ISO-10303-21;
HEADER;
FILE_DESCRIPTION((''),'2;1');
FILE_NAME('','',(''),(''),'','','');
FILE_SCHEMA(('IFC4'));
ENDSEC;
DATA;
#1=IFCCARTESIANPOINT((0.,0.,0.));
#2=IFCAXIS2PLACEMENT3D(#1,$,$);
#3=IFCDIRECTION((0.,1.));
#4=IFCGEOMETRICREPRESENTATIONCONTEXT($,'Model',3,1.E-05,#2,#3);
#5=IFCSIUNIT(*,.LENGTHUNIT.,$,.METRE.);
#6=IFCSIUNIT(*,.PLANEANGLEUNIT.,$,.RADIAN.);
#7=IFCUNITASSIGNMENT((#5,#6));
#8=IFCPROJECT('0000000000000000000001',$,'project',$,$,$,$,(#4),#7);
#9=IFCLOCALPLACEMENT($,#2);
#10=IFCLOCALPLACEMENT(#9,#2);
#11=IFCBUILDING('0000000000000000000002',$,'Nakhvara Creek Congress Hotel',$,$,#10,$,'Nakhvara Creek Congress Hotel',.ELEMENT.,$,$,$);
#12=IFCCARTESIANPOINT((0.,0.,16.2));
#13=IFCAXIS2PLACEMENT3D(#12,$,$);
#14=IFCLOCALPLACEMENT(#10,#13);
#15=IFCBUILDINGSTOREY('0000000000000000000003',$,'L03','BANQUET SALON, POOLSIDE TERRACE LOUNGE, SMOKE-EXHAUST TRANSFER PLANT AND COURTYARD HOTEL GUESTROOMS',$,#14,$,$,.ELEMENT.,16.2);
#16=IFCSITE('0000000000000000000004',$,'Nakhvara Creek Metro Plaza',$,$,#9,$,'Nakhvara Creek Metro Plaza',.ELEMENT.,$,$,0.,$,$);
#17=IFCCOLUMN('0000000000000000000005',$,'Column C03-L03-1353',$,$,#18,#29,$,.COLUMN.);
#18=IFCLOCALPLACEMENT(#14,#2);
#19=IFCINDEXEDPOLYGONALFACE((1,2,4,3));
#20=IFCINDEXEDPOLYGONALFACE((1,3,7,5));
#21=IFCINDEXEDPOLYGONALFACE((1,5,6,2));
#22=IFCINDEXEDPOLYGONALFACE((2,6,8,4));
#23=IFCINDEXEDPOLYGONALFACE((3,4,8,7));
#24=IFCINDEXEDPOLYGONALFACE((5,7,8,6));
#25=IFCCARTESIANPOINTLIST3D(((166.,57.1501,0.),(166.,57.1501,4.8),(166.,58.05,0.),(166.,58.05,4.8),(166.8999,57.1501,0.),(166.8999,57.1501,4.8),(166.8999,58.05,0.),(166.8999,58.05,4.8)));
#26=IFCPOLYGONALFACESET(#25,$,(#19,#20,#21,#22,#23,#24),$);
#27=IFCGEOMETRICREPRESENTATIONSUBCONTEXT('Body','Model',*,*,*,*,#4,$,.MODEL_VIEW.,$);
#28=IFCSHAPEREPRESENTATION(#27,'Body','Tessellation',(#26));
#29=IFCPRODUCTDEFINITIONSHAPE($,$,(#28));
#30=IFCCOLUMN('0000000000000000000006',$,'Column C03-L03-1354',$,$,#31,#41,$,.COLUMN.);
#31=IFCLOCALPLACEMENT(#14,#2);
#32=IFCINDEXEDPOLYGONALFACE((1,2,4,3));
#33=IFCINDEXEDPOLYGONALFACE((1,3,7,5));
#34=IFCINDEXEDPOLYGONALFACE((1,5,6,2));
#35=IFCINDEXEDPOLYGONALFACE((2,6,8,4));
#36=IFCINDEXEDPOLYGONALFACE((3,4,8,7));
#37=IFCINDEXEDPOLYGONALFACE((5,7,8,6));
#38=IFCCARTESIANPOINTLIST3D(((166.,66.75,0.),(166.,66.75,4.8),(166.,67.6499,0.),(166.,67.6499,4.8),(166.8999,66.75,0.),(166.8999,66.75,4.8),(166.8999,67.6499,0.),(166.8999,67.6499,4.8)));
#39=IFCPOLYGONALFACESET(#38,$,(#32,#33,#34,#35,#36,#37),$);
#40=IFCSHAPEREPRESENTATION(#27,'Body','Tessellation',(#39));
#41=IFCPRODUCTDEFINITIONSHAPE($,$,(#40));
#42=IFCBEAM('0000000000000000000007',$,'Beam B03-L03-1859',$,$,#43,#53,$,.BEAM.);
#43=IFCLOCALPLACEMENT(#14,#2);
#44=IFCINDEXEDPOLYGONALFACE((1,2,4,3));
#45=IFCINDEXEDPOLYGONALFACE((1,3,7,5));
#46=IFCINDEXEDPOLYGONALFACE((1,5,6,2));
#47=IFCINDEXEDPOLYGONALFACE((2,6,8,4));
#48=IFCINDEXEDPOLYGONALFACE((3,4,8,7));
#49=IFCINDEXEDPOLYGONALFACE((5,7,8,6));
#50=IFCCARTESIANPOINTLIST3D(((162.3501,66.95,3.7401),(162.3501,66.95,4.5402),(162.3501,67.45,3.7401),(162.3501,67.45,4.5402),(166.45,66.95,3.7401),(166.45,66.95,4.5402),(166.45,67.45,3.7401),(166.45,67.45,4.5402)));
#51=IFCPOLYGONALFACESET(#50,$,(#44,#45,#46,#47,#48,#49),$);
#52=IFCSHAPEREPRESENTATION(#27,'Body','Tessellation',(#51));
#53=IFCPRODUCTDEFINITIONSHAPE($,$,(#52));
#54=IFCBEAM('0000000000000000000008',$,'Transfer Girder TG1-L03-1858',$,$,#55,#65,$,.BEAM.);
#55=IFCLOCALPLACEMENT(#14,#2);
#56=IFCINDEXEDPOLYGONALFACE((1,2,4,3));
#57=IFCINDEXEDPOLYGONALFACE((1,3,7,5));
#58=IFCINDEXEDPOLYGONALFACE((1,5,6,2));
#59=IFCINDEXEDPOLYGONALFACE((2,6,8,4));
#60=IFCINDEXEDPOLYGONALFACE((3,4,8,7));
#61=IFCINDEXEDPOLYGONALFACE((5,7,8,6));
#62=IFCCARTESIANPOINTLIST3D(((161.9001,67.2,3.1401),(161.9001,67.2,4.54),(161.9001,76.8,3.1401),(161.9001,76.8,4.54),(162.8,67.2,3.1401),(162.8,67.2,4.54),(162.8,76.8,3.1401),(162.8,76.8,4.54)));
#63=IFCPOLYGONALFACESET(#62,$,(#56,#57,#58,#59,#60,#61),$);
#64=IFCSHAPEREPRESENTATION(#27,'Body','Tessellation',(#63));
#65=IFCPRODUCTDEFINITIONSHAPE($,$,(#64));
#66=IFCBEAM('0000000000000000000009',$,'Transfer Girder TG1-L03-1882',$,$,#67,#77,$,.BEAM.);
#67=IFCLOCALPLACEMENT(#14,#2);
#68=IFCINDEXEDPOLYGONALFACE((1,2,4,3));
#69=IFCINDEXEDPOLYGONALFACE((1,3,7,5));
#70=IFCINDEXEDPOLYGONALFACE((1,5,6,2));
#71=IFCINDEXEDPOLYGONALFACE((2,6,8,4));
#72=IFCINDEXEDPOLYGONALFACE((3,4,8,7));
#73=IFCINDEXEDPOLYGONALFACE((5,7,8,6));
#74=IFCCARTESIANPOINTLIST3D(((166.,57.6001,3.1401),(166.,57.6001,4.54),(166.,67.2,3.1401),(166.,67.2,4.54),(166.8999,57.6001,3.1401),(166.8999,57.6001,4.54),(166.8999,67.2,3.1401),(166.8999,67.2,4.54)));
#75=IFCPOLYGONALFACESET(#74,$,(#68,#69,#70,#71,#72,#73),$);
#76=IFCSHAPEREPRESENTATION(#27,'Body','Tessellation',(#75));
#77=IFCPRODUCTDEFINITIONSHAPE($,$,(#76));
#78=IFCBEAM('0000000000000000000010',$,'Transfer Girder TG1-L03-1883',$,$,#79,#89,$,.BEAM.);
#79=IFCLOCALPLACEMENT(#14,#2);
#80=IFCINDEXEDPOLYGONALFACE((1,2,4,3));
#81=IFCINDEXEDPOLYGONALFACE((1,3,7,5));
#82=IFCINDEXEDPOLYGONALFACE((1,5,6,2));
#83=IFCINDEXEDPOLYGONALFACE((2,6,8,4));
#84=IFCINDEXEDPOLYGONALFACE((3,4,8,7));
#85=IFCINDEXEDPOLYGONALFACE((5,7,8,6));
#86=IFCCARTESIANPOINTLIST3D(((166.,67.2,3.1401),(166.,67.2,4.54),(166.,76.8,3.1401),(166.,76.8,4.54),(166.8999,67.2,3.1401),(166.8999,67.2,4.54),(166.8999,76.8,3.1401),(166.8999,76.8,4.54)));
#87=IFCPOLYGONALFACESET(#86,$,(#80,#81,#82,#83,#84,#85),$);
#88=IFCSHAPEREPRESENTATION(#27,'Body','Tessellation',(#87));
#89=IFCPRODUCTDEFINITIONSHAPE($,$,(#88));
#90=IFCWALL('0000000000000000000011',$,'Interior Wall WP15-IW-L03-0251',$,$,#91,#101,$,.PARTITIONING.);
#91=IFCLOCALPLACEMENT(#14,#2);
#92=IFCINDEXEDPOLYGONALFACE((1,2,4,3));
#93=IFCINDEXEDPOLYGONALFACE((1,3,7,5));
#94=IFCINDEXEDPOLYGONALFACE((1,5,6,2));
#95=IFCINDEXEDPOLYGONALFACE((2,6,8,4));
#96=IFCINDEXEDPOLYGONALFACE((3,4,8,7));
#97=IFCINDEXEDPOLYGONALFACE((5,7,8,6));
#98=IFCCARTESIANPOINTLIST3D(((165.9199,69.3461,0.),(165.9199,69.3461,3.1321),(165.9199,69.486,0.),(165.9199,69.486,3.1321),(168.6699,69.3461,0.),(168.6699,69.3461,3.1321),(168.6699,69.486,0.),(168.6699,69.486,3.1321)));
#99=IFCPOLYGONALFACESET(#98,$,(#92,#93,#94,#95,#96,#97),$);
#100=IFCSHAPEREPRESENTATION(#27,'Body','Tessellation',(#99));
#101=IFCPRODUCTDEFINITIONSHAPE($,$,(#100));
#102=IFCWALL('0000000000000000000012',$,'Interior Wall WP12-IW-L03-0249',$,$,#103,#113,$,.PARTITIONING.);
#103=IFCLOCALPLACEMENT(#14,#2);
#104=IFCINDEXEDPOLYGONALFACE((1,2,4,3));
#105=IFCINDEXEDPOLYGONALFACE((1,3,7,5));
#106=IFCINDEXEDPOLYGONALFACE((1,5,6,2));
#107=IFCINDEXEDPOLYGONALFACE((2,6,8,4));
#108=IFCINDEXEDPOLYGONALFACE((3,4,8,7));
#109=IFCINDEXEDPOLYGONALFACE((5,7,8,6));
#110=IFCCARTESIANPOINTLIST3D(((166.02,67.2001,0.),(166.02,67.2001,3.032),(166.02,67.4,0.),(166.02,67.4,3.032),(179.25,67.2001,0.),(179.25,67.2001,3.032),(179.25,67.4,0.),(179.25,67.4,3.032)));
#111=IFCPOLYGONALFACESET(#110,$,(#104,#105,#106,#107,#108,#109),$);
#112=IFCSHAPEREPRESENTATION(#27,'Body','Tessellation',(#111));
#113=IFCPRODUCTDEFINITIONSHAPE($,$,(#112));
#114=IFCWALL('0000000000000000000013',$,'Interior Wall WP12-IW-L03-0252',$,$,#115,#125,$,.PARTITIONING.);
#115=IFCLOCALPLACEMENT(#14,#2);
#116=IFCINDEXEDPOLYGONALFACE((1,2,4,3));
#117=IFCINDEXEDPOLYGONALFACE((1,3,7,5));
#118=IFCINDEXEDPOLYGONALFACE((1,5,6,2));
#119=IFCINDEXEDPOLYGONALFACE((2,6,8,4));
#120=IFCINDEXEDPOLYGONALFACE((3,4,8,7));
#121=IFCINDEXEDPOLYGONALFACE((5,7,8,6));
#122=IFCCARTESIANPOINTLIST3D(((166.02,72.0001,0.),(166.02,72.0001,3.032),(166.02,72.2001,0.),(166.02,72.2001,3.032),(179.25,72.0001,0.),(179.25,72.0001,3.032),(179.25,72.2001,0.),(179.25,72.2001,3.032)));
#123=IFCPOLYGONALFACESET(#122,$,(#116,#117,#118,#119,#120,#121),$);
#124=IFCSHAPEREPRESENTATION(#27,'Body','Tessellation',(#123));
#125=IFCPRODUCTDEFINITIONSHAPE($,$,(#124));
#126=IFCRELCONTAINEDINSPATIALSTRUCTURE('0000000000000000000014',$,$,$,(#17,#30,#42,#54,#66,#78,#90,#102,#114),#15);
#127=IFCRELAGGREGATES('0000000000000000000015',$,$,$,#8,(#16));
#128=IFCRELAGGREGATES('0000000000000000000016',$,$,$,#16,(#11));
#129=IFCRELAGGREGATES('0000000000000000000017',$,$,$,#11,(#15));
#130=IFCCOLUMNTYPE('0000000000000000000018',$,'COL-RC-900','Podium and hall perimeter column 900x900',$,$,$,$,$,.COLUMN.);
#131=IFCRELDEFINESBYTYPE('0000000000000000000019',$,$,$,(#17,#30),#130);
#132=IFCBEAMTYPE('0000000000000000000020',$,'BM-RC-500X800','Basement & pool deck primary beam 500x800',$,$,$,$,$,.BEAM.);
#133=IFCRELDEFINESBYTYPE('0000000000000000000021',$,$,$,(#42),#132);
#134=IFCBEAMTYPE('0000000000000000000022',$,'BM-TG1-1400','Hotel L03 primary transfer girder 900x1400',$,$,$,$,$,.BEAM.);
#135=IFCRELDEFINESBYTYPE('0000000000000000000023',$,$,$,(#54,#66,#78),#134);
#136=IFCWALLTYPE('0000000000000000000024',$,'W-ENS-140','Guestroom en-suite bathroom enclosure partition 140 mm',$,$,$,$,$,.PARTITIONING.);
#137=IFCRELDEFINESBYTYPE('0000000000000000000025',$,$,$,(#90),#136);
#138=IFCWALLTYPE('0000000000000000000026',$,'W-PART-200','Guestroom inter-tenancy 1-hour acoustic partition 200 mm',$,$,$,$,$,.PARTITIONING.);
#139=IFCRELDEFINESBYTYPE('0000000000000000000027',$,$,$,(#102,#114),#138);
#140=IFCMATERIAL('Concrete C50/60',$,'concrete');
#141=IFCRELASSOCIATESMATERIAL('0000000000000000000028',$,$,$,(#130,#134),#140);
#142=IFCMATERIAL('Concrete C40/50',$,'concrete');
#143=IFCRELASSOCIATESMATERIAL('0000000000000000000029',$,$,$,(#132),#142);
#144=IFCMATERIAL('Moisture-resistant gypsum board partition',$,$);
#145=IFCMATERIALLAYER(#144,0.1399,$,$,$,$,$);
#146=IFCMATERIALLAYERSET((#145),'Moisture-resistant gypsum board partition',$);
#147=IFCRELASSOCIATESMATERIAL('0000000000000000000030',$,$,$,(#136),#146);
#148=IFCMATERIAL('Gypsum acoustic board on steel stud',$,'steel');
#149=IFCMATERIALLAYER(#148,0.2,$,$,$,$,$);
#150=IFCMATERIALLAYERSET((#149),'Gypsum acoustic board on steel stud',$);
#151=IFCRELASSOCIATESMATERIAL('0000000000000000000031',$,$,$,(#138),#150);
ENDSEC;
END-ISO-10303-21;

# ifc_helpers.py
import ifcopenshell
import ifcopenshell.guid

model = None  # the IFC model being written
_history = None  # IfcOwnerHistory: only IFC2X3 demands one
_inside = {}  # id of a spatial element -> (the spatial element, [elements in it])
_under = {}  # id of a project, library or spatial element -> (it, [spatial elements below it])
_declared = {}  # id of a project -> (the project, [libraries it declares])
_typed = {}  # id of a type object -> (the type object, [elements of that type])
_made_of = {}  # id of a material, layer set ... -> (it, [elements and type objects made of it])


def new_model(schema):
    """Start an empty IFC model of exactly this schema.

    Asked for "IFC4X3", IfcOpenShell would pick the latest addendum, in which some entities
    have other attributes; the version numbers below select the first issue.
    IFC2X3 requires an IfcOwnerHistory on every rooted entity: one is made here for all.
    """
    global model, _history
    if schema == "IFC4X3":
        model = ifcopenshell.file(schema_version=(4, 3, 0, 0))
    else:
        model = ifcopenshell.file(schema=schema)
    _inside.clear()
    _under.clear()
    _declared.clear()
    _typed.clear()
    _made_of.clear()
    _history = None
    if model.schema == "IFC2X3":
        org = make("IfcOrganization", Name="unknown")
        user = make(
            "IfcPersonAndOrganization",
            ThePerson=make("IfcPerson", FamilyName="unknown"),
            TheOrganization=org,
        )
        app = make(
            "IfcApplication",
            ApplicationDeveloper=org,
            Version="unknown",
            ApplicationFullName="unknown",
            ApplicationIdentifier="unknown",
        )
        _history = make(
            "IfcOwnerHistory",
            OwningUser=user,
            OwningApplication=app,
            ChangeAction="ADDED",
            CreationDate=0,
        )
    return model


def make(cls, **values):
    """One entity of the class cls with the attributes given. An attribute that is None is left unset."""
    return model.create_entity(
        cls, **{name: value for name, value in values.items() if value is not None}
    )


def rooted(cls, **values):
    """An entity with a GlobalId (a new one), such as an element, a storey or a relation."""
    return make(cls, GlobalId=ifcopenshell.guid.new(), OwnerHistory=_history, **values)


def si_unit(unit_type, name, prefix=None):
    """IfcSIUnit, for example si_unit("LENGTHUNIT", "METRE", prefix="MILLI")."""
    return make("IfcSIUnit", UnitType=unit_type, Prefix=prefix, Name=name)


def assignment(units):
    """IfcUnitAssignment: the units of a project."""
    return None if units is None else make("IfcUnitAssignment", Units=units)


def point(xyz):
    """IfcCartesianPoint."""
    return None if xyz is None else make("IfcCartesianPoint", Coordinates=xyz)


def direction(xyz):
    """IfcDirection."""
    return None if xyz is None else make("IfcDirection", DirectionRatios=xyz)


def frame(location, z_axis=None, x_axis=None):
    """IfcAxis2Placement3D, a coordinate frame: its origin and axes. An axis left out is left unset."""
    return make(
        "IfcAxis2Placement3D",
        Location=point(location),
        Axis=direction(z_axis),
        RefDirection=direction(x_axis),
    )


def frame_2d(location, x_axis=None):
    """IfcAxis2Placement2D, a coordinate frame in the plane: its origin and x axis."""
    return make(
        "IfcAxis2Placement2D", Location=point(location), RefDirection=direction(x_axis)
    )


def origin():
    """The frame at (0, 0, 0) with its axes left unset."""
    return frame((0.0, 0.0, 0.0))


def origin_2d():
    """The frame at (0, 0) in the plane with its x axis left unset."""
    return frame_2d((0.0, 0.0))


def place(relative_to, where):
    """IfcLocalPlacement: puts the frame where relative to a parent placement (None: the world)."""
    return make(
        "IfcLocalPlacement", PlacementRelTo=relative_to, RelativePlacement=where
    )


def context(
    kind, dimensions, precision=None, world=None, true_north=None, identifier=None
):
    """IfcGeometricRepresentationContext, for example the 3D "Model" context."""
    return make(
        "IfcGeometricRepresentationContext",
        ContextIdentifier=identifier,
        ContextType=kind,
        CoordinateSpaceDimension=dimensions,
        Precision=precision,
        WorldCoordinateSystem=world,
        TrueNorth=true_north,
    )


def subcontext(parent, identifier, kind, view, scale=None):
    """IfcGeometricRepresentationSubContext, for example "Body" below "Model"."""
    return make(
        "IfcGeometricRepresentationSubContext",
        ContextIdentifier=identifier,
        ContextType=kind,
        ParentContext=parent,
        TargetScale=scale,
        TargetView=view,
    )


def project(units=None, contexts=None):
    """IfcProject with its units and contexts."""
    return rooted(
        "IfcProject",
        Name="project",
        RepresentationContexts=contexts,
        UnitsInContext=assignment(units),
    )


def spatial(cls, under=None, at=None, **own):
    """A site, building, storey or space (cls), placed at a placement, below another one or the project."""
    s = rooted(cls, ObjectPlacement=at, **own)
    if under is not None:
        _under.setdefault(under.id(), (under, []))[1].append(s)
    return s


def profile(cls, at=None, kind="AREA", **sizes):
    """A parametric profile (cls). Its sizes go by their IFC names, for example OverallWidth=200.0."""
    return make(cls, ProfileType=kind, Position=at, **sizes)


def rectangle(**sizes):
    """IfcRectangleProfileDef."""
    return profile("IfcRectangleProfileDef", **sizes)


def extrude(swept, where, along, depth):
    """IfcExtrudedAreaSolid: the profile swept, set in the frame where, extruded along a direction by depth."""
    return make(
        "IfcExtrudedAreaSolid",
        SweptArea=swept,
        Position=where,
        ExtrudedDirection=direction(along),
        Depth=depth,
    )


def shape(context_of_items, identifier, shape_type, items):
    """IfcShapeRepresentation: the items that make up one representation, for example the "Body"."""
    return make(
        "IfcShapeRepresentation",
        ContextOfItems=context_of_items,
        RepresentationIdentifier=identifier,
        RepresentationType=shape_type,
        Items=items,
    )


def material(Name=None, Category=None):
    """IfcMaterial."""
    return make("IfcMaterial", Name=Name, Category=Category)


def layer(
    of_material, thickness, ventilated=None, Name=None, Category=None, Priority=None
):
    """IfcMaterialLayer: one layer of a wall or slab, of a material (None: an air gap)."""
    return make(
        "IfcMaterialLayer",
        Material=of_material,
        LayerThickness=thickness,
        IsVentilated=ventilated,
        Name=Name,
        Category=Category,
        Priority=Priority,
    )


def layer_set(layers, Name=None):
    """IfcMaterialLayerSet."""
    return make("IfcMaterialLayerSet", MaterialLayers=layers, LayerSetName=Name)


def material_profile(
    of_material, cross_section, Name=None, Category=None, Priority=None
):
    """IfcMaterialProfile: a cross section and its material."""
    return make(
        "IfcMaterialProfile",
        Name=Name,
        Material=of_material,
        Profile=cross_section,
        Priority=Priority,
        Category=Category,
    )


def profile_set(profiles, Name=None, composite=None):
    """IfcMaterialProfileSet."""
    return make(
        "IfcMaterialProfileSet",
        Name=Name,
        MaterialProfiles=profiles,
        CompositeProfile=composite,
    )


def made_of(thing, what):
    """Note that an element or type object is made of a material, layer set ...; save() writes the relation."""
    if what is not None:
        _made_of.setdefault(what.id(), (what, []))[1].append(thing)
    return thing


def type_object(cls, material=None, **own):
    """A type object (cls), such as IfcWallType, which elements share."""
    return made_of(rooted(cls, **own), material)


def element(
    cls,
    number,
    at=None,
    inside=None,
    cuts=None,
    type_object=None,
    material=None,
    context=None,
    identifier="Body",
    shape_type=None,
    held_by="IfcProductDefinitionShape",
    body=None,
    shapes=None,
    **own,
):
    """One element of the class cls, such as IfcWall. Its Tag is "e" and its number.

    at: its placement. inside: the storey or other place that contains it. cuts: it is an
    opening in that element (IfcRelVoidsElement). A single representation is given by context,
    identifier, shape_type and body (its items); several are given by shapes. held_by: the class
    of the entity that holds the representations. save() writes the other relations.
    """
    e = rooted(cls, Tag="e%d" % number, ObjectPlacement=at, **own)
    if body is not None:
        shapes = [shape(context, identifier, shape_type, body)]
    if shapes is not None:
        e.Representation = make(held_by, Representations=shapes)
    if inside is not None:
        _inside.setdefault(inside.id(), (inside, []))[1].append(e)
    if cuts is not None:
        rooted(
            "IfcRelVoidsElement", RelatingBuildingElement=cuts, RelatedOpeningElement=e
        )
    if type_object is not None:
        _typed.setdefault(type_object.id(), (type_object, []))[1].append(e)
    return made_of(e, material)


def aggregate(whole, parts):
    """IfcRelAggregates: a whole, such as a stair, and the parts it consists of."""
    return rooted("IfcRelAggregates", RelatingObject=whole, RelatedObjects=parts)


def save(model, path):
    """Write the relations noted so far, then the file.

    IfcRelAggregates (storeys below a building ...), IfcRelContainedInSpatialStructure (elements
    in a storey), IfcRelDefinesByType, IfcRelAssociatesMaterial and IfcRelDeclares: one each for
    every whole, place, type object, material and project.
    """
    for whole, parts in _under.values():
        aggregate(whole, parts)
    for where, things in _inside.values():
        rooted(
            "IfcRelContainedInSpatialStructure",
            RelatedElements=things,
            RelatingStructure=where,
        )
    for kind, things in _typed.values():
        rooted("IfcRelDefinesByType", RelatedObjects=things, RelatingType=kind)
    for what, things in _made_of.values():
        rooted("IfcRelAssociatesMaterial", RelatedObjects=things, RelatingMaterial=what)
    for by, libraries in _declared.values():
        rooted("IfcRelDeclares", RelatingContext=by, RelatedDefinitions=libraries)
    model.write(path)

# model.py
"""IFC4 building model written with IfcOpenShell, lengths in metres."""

from ifc_helpers import new_model, si_unit, direction, frame, frame_2d, origin, origin_2d, place, context, subcontext, project, spatial, rectangle, extrude, material, layer, layer_set, material_profile, profile_set, type_object, element, save


model = new_model("IFC4")

# Units and contexts
model_context = context("Model", 3, precision=1e-05, world=origin(), true_north=direction((0.0, 1.0)))
body_context = subcontext(model_context, "Body", "Model", "MODEL_VIEW")
ifc_project = project(units=[si_unit("LENGTHUNIT", "METRE"), si_unit("PLANEANGLEUNIT", "RADIAN")], contexts=[model_context])

# Site, building, storey
site_placement = place(None, origin())
site = spatial("IfcSite", under=ifc_project, at=site_placement, Name="Nakhvara Creek Metro Plaza", LongName="Nakhvara Creek Metro Plaza", CompositionType="ELEMENT", RefElevation=0.0)
building_placement = place(site_placement, origin())
building = spatial("IfcBuilding", under=site, at=building_placement, Name="Nakhvara Creek Congress Hotel", LongName="Nakhvara Creek Congress Hotel", CompositionType="ELEMENT")
storey_placement = place(building_placement, frame((0.0, 0.0, 16.2)))
storey = spatial("IfcBuildingStorey", under=building, at=storey_placement, Name="L03", Description="BANQUET SALON, POOLSIDE TERRACE LOUNGE, SMOKE-EXHAUST TRANSFER PLANT AND COURTYARD HOTEL GUESTROOMS", CompositionType="ELEMENT", Elevation=16.2)

# Columns
ifc_material_1 = material(Name="Concrete C50/60", Category="concrete")
ifc_material_profile_1 = material_profile(ifc_material_1, rectangle(XDim=0.8999, YDim=0.8999, at=origin_2d()), Name="RC-COL 900x900", Category="LoadBearing")
ifc_profile_set_1 = profile_set([ifc_material_profile_1], Name="Concrete C50/60")
column_type = type_object("IfcColumnType", Name="COL-RC-900", Description="Podium and hall perimeter column 900x900", PredefinedType="COLUMN", material=ifc_profile_set_1)
for number, where, z_axis, x_axis, name in (
    (1, (166.45, 57.6001, 0.0), (0.0, 0.0, 1.0), (1.0, 0.0, 0.0), "Column C03-L03-1353"),
    (2, (166.45, 67.2, 0.0), (0.0, 0.0, 1.0), (1.0, 0.0, 0.0), "Column C03-L03-1354"),
):
    element("IfcColumn", number, at=place(storey_placement, frame(where, z_axis=z_axis, x_axis=x_axis)), inside=storey, type_object=column_type, Name=name, PredefinedType="COLUMN", context=body_context, shape_type="SweptSolid", body=[
        extrude(rectangle(XDim=0.8999, YDim=0.8999, at=origin_2d()), origin(), (0.0, 0.0, 1.0), 4.8),
    ])

# Beams
ifc_material_2 = material(Name="Concrete C40/50", Category="concrete")
ifc_material_profile_2 = material_profile(ifc_material_2, rectangle(XDim=0.5, YDim=0.8, at=origin_2d()), Name="RC-BM 500x800", Category="LoadBearing")
ifc_profile_set_2 = profile_set([ifc_material_profile_2], Name="Concrete C40/50")
beam_type_1 = type_object("IfcBeamType", Name="BM-RC-500X800", Description="Basement & pool deck primary beam 500x800", PredefinedType="BEAM", material=ifc_profile_set_2)
beam_1_placement = place(storey_placement, frame((162.3501, 67.2, 4.1401), z_axis=(1.0, 0.0, 0.0), x_axis=(0.0, 1.0, 0.0)))
element("IfcBeam", 3, at=beam_1_placement, inside=storey, type_object=beam_type_1, Name="Beam B03-L03-1859", PredefinedType="BEAM", context=body_context, shape_type="SweptSolid", body=[
    extrude(rectangle(XDim=0.5, YDim=0.8, at=origin_2d()), origin(), (0.0, 0.0, 1.0), 4.0999),
])
ifc_material_profile_3 = material_profile(ifc_material_1, rectangle(XDim=0.8999, YDim=1.3999, at=origin_2d()), Name="RC-TG 900x1400", Category="LoadBearing")
ifc_profile_set_3 = profile_set([ifc_material_profile_3], Name="Concrete C50/60")
beam_type_2 = type_object("IfcBeamType", Name="BM-TG1-1400", Description="Hotel L03 primary transfer girder 900x1400", PredefinedType="BEAM", material=ifc_profile_set_3)
beam_2_placement = place(storey_placement, frame((162.3501, 67.2, 3.8401), z_axis=(0.0, 1.0, 0.0), x_axis=(-1.0, 0.0, 0.0)))
element("IfcBeam", 4, at=beam_2_placement, inside=storey, type_object=beam_type_2, Name="Transfer Girder TG1-L03-1858", PredefinedType="BEAM", context=body_context, shape_type="SweptSolid", body=[
    extrude(rectangle(XDim=0.8999, YDim=1.3999, at=origin_2d()), origin(), (0.0, 0.0, 1.0), 9.6001),
])
beam_3_placement = place(storey_placement, frame((166.45, 57.6001, 3.8401), z_axis=(0.0, 1.0, 0.0), x_axis=(-1.0, 0.0, 0.0)))
element("IfcBeam", 5, at=beam_3_placement, inside=storey, type_object=beam_type_2, Name="Transfer Girder TG1-L03-1882", PredefinedType="BEAM", context=body_context, shape_type="SweptSolid", body=[
    extrude(rectangle(XDim=0.8999, YDim=1.3999, at=origin_2d()), origin(), (0.0, 0.0, 1.0), 9.5999),
])
beam_4_placement = place(storey_placement, frame((166.45, 67.2, 3.8401), z_axis=(0.0, 1.0, 0.0), x_axis=(-1.0, 0.0, 0.0)))
element("IfcBeam", 6, at=beam_4_placement, inside=storey, type_object=beam_type_2, Name="Transfer Girder TG1-L03-1883", PredefinedType="BEAM", context=body_context, shape_type="SweptSolid", body=[
    extrude(rectangle(XDim=0.8999, YDim=1.3999, at=origin_2d()), origin(), (0.0, 0.0, 1.0), 9.6001),
])

# Shared definitions
ifc_material_3 = material(Name="Gypsum acoustic board on steel stud", Category="steel")

# Walls
ifc_material_4 = material(Name="Moisture-resistant gypsum board partition")
ifc_layer_1 = layer(ifc_material_4, 0.1399)
ifc_layer_set_1 = layer_set([ifc_layer_1], Name="Moisture-resistant gypsum board partition")
wall_type_1 = type_object("IfcWallType", Name="W-ENS-140", Description="Guestroom en-suite bathroom enclosure partition 140 mm", PredefinedType="PARTITIONING", material=ifc_layer_set_1)
wall_1_placement = place(storey_placement, frame((165.9199, 69.416, 0.0), z_axis=(0.0, 0.0, 1.0), x_axis=(1.0, 0.0, 0.0)))
element("IfcWall", 7, at=wall_1_placement, inside=storey, type_object=wall_type_1, Name="Interior Wall WP15-IW-L03-0251", PredefinedType="PARTITIONING", context=body_context, shape_type="SweptSolid", body=[
    extrude(rectangle(XDim=2.75, YDim=0.1399, at=frame_2d((1.375, 0.0))), origin(), (0.0, 0.0, 1.0), 3.1321),
])
ifc_layer_2 = layer(ifc_material_3, 0.2)
ifc_layer_set_2 = layer_set([ifc_layer_2], Name="Gypsum acoustic board on steel stud")
wall_type_2 = type_object("IfcWallType", Name="W-PART-200", Description="Guestroom inter-tenancy 1-hour acoustic partition 200 mm", PredefinedType="PARTITIONING", material=ifc_layer_set_2)
for number, where, z_axis, x_axis, name in (
    (8, (166.02, 67.3, 0.0), (0.0, 0.0, 1.0), (1.0, 0.0, 0.0), "Interior Wall WP12-IW-L03-0249"),
    (9, (166.02, 72.1001, 0.0), (0.0, 0.0, 1.0), (1.0, 0.0, 0.0), "Interior Wall WP12-IW-L03-0252"),
):
    element("IfcWall", number, at=place(storey_placement, frame(where, z_axis=z_axis, x_axis=x_axis)), inside=storey, type_object=wall_type_2, Name=name, PredefinedType="PARTITIONING", context=body_context, shape_type="SweptSolid", body=[
        extrude(rectangle(XDim=13.23, YDim=0.2, at=frame_2d((6.615, 0.0))), origin(), (0.0, 0.0, 1.0), 3.032),
    ])

save(model, "model.ifc")
